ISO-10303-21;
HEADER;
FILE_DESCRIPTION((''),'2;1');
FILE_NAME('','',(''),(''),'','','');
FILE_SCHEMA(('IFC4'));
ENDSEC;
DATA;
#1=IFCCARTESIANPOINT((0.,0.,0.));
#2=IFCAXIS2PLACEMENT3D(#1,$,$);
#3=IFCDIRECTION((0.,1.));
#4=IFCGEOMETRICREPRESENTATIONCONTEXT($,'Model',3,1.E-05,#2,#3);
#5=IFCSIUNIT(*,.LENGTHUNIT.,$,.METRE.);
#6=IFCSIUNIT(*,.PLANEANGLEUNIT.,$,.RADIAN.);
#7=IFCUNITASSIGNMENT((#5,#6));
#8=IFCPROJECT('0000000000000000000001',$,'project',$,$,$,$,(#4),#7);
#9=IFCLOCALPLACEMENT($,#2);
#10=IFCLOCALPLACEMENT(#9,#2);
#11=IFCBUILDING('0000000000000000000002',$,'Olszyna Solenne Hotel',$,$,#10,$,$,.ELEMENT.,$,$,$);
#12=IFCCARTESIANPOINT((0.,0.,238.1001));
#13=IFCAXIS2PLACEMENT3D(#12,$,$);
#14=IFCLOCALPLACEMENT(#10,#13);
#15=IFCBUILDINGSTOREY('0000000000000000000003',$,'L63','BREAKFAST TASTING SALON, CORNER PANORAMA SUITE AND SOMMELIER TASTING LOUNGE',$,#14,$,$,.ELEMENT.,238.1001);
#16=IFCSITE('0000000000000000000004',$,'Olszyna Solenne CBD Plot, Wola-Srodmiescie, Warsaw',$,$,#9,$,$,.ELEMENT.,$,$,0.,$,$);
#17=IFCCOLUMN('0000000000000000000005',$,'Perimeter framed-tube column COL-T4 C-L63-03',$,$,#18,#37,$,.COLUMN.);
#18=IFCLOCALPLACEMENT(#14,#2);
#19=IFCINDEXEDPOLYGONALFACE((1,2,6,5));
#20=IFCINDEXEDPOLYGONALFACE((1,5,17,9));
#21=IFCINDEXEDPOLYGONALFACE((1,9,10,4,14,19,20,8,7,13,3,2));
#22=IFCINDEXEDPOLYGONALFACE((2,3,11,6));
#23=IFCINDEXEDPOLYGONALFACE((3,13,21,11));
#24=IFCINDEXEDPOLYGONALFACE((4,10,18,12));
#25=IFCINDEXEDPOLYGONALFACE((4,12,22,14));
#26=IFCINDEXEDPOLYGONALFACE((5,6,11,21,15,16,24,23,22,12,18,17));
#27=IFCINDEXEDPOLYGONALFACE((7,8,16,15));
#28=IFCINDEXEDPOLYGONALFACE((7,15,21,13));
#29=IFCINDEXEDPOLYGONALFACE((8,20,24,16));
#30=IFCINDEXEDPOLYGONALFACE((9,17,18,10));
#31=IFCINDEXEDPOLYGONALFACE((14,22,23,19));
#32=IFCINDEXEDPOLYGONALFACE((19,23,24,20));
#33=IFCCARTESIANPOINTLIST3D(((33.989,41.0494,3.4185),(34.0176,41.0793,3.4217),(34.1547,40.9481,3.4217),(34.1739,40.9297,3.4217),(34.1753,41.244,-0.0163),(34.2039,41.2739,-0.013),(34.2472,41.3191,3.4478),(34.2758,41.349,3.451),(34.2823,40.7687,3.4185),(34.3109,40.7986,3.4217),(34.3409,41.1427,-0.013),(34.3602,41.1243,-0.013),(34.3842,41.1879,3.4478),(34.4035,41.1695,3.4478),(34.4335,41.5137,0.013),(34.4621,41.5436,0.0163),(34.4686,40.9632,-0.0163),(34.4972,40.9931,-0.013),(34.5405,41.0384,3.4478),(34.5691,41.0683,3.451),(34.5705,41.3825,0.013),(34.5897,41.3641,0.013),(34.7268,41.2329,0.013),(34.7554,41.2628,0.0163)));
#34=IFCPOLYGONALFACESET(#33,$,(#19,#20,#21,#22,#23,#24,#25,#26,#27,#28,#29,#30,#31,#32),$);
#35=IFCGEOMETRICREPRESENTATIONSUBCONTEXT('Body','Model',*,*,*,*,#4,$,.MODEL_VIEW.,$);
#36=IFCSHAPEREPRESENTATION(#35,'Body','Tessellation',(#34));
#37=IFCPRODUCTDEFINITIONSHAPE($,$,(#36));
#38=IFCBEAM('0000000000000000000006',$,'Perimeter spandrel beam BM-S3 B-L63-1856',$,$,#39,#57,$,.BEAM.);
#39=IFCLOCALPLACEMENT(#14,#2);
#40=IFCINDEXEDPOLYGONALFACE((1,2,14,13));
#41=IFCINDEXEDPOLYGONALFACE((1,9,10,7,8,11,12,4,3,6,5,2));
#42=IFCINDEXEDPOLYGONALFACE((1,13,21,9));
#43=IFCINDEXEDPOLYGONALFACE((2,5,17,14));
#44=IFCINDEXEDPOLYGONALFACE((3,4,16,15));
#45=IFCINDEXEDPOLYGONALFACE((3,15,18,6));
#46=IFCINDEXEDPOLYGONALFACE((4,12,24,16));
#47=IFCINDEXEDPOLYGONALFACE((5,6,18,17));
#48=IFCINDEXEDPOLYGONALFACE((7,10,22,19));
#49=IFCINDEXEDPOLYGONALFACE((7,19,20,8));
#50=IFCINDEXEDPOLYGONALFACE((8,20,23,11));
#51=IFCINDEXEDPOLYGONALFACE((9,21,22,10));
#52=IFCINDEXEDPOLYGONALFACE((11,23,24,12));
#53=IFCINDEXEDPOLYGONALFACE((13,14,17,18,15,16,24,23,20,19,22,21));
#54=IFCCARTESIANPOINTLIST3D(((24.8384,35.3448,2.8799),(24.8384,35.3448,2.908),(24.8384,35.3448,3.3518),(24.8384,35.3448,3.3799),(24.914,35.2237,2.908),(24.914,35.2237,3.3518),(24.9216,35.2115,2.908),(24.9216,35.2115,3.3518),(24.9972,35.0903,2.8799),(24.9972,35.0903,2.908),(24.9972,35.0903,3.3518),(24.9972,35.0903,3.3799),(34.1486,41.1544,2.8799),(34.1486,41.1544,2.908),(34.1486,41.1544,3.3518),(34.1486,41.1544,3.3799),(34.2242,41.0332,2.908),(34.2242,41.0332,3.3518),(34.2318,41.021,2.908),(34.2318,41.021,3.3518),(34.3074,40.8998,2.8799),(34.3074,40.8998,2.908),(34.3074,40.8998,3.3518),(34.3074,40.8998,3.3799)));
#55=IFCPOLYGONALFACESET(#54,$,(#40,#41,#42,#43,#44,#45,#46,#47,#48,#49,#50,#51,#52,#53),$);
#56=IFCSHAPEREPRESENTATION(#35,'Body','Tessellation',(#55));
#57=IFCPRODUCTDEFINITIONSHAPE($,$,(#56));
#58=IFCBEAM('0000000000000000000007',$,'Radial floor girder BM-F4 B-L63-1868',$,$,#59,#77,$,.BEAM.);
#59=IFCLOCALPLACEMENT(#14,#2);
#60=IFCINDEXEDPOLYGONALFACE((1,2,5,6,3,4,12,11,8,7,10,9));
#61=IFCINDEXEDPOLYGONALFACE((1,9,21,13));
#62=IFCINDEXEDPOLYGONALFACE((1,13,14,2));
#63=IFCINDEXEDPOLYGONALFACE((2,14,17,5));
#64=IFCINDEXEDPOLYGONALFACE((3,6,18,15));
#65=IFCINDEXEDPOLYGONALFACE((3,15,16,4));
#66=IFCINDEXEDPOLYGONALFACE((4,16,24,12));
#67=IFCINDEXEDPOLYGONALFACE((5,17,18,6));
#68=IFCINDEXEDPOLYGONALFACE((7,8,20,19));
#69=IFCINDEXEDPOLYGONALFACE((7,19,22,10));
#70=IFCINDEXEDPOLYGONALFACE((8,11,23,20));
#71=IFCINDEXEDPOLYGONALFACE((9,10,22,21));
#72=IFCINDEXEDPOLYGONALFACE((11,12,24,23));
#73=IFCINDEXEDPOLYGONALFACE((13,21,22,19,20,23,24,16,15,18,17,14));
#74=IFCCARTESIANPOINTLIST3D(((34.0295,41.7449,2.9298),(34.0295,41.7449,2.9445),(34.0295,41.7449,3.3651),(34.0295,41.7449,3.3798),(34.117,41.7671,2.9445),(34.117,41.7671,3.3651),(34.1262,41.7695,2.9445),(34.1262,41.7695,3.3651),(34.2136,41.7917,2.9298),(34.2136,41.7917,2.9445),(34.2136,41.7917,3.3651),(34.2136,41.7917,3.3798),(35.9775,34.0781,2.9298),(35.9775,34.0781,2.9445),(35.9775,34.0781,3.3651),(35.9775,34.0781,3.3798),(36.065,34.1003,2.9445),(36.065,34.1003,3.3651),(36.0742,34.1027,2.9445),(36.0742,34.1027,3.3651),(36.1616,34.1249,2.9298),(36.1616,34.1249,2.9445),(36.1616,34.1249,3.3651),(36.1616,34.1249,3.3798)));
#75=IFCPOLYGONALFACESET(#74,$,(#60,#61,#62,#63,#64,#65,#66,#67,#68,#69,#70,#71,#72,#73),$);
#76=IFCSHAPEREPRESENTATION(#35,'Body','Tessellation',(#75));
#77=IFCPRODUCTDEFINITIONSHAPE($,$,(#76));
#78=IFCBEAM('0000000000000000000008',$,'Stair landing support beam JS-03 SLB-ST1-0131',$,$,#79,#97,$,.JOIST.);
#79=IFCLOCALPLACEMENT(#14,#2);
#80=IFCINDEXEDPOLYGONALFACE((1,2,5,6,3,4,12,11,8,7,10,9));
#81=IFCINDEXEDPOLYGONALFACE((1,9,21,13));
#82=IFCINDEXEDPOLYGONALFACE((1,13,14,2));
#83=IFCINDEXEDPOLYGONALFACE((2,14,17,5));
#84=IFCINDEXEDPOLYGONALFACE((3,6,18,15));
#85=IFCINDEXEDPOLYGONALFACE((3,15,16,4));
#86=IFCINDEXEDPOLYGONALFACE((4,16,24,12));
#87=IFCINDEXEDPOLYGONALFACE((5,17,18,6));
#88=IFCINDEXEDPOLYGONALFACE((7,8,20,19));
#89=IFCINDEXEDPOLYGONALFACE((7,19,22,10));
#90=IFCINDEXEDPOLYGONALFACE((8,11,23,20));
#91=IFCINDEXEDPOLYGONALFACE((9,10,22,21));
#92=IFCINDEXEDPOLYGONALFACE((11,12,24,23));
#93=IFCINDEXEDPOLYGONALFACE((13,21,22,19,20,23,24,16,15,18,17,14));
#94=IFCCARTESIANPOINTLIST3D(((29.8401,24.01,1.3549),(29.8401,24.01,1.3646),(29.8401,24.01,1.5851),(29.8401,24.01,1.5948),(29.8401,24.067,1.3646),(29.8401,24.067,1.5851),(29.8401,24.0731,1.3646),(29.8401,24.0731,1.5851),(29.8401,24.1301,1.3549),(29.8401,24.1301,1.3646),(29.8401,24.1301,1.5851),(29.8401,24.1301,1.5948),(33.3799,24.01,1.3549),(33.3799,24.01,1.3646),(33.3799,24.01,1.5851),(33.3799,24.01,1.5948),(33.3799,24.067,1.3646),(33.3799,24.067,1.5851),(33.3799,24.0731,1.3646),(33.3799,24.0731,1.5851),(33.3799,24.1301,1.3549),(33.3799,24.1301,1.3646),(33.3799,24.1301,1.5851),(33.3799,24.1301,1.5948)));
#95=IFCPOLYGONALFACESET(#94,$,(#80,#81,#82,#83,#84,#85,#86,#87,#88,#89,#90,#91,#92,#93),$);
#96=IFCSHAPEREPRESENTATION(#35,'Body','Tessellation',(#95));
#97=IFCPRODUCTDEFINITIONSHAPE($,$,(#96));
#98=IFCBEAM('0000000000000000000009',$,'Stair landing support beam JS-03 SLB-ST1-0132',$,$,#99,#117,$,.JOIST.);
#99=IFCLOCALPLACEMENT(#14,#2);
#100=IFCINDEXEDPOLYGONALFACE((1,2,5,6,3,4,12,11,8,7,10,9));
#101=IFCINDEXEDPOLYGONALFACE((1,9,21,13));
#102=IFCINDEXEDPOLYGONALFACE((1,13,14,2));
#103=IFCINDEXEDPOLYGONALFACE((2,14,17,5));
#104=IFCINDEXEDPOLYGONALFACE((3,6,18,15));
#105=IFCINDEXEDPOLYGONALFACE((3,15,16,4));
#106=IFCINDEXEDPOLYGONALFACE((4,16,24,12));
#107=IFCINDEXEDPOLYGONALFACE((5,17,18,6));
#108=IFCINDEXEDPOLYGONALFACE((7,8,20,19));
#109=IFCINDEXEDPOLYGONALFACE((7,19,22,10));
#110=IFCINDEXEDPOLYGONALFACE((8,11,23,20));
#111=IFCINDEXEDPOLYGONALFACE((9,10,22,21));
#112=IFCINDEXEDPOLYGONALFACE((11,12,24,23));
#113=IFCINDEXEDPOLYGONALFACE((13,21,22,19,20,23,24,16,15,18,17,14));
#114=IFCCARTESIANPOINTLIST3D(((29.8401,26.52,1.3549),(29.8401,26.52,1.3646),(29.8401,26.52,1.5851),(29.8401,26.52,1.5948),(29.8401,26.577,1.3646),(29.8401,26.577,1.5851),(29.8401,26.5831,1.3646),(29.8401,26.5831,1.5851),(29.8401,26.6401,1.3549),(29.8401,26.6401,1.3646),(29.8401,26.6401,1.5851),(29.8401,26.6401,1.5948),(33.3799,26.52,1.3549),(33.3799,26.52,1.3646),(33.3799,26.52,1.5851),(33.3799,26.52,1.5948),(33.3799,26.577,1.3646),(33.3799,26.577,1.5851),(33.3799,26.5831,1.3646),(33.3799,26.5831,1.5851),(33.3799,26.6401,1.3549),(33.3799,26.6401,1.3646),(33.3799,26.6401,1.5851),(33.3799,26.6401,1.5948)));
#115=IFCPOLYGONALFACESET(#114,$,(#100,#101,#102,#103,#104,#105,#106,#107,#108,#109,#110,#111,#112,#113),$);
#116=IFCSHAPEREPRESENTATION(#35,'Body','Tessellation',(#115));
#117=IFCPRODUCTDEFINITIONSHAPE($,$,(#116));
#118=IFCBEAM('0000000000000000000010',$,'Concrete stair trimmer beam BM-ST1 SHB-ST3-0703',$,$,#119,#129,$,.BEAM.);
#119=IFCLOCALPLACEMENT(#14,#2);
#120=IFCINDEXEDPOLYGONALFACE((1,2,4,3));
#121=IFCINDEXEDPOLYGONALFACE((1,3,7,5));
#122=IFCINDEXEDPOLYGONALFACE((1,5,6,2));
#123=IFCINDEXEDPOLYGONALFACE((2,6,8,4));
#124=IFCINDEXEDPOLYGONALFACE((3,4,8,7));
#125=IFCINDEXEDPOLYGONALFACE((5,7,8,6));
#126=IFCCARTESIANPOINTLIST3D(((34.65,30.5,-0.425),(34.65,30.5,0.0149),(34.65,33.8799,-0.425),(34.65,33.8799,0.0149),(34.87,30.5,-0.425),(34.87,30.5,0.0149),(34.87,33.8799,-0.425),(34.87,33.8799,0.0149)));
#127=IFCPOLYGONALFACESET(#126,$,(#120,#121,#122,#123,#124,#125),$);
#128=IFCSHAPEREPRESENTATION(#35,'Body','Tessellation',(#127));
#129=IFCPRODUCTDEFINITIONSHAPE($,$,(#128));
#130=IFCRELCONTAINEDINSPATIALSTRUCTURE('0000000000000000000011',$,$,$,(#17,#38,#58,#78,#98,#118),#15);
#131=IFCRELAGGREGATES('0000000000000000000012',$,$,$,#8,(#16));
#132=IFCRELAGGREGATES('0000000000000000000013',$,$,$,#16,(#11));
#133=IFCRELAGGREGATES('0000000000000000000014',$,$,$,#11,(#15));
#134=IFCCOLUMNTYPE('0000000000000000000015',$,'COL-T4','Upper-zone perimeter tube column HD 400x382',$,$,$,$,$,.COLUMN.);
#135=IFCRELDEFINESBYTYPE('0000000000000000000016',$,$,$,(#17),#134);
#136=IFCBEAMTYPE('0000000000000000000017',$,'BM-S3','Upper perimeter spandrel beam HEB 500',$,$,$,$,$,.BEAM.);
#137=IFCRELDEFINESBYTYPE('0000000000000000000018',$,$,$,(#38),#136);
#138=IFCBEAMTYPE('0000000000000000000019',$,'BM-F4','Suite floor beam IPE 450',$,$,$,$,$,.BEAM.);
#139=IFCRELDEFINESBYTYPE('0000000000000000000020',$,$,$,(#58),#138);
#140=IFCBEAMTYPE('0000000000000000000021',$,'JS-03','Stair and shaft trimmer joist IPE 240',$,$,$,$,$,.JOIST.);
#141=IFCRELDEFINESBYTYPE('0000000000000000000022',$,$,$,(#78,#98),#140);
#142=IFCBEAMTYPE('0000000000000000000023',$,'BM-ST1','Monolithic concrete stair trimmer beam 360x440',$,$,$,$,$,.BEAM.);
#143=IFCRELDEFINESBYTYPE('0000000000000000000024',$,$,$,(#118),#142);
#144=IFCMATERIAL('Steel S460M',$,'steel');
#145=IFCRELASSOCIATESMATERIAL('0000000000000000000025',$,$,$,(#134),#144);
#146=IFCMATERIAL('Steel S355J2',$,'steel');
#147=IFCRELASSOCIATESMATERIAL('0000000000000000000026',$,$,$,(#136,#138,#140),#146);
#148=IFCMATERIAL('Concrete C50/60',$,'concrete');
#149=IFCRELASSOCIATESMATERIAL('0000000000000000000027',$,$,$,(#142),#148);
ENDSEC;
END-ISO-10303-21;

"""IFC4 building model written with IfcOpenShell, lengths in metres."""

from ifc_helpers import new_model, si_unit, direction, frame, origin, origin_2d, place, context, subcontext, project, spatial, rectangle, i_section, extrude, source, transform, mapped, material, material_profile, profile_set, type_object, element, save


model = new_model("IFC4")

# Units and contexts
model_context = context("Model", 3, precision=1e-05, world=origin(), true_north=direction((0.0, 1.0)))
body_context = subcontext(model_context, "Body", "Model", "MODEL_VIEW")
ifc_project = project(units=[si_unit("LENGTHUNIT", "METRE"), si_unit("PLANEANGLEUNIT", "RADIAN")], contexts=[model_context])

# Site, building, storey
site_placement = place(None, origin())
site = spatial("IfcSite", under=ifc_project, at=site_placement, Name="Olszyna Solenne CBD Plot, Wola-Srodmiescie, Warsaw", CompositionType="ELEMENT", RefElevation=0.0)
building_placement = place(site_placement, origin())
building = spatial("IfcBuilding", under=site, at=building_placement, Name="Olszyna Solenne Hotel", CompositionType="ELEMENT")
storey_placement = place(building_placement, frame((0.0, 0.0, 238.1001)))
storey = spatial("IfcBuildingStorey", under=building, at=storey_placement, Name="L63", Description="BREAKFAST TASTING SALON, CORNER PANORAMA SUITE AND SOMMELIER TASTING LOUNGE", CompositionType="ELEMENT", Elevation=238.1001)

# Column
ifc_material_1 = material(Name="Steel S460M", Category="steel")
ifc_material_profile_1 = material_profile(ifc_material_1, i_section(OverallWidth=0.406, OverallDepth=0.416, WebThickness=0.0266, FlangeThickness=0.0415, at=origin_2d()), Name="HD 400x382", Category="load-bearing")
ifc_profile_set_1 = profile_set([ifc_material_profile_1], Name="Steel S460M")
column_type = type_object("IfcColumnType", Name="COL-T4", Description="Upper-zone perimeter tube column HD 400x382", PredefinedType="COLUMN", material=ifc_profile_set_1)
shared_shape_1 = source(origin(), body_context, "Body", "SweptSolid", [
    extrude(i_section(OverallWidth=0.406, OverallDepth=0.416, WebThickness=0.0266, FlangeThickness=0.0415, at=origin_2d()), origin(), (0.0, 0.0, 1.0), 3.4453),
])
column_placement = place(storey_placement, frame((34.4653, 41.2534, 0.0), z_axis=(-0.054067, -0.056476, 0.996939), x_axis=(0.722347, -0.691531, 0.0)))
element("IfcColumn", 1, at=column_placement, inside=storey, type_object=column_type, Name="Perimeter framed-tube column COL-T4 C-L63-03", PredefinedType="COLUMN", context=body_context, shape_type="MappedRepresentation", body=[
    mapped(shared_shape_1, transform((0.0, 0.0, 0.0), x_axis=(1.0, 0.0, 0.0), y_axis=(0.0, 1.0, 0.0), z_axis=(0.0, 0.0, 1.0), scale=1.0)),
])

# Beams
ifc_material_2 = material(Name="Steel S355J2", Category="steel")
ifc_material_profile_2 = material_profile(ifc_material_2, i_section(OverallWidth=0.3, OverallDepth=0.5, WebThickness=0.0144, FlangeThickness=0.0281, at=origin_2d()), Name="HEB 500", Category="load-bearing")
ifc_profile_set_2 = profile_set([ifc_material_profile_2], Name="Steel S355J2")
beam_type_1 = type_object("IfcBeamType", Name="BM-S3", Description="Upper perimeter spandrel beam HEB 500", PredefinedType="BEAM", material=ifc_profile_set_2)
shared_shape_2 = source(origin(), body_context, "Body", "SweptSolid", [
    extrude(i_section(OverallWidth=0.3, OverallDepth=0.5, WebThickness=0.0144, FlangeThickness=0.0281, at=origin_2d()), origin(), (0.0, 0.0, 1.0), 10.9741),
])
beam_1_placement = place(storey_placement, frame((34.228, 41.0271, 3.1299), z_axis=(-0.848382, -0.529385, 0.0), x_axis=(0.529385, -0.848382, 0.0)))
element("IfcBeam", 2, at=beam_1_placement, inside=storey, type_object=beam_type_1, Name="Perimeter spandrel beam BM-S3 B-L63-1856", PredefinedType="BEAM", context=body_context, shape_type="MappedRepresentation", body=[
    mapped(shared_shape_2, transform((0.0, 0.0, 0.0), x_axis=(1.0, 0.0, 0.0), y_axis=(0.0, 1.0, 0.0), z_axis=(0.0, 0.0, 1.0), scale=1.0)),
])
ifc_material_profile_3 = material_profile(ifc_material_2, i_section(OverallWidth=0.1899, OverallDepth=0.45, WebThickness=0.0095, FlangeThickness=0.0146, at=origin_2d()), Name="IPE 450", Category="load-bearing")
ifc_profile_set_3 = profile_set([ifc_material_profile_3], Name="Steel S355J2")
beam_type_2 = type_object("IfcBeamType", Name="BM-F4", Description="Suite floor beam IPE 450", PredefinedType="BEAM", material=ifc_profile_set_3)
shared_shape_3 = source(origin(), body_context, "Body", "SweptSolid", [
    extrude(i_section(OverallWidth=0.1899, OverallDepth=0.45, WebThickness=0.0095, FlangeThickness=0.0146, at=origin_2d()), origin(), (0.0, 0.0, 1.0), 7.9104),
])
beam_2_placement = place(storey_placement, frame((34.1216, 41.7683, 3.1548), z_axis=(0.246259, -0.969204, 0.0), x_axis=(0.969204, 0.246259, 0.0)))
element("IfcBeam", 3, at=beam_2_placement, inside=storey, type_object=beam_type_2, Name="Radial floor girder BM-F4 B-L63-1868", PredefinedType="BEAM", context=body_context, shape_type="MappedRepresentation", body=[
    mapped(shared_shape_3, transform((0.0, 0.0, 0.0), x_axis=(1.0, 0.0, 0.0), y_axis=(0.0, 1.0, 0.0), z_axis=(0.0, 0.0, 1.0), scale=1.0)),
])
ifc_material_profile_4 = material_profile(ifc_material_2, i_section(OverallWidth=0.1201, OverallDepth=0.24, WebThickness=0.0061, FlangeThickness=0.0098, at=origin_2d()), Name="IPE 240", Category="load-bearing")
ifc_profile_set_4 = profile_set([ifc_material_profile_4], Name="Steel S355J2")
beam_type_3 = type_object("IfcBeamType", Name="JS-03", Description="Stair and shaft trimmer joist IPE 240", PredefinedType="JOIST", material=ifc_profile_set_4)
shared_shape_4 = source(origin(), body_context, "Body", "SweptSolid", [
    extrude(i_section(OverallWidth=0.1201, OverallDepth=0.24, WebThickness=0.0061, FlangeThickness=0.0098, at=origin_2d()), origin(), (0.0, 0.0, 1.0), 3.5398),
])
for number, where, z_axis, x_axis, name in (
    (4, (33.3799, 24.0701, 1.4749), (-1.0, 0.0, 0.0), (0.0, -1.0, 0.0), "Stair landing support beam JS-03 SLB-ST1-0131"),
    (5, (33.3799, 26.5801, 1.4749), (-1.0, 0.0, 0.0), (0.0, -1.0, 0.0), "Stair landing support beam JS-03 SLB-ST1-0132"),
):
    element("IfcBeam", number, at=place(storey_placement, frame(where, z_axis=z_axis, x_axis=x_axis)), inside=storey, type_object=beam_type_3, Name=name, PredefinedType="JOIST", context=body_context, shape_type="MappedRepresentation", body=[
        mapped(shared_shape_4, transform((0.0, 0.0, 0.0), x_axis=(1.0, 0.0, 0.0), y_axis=(0.0, 1.0, 0.0), z_axis=(0.0, 0.0, 1.0), scale=1.0)),
    ])
ifc_material_3 = material(Name="Concrete C50/60", Category="concrete")
ifc_material_profile_5 = material_profile(ifc_material_3, rectangle(XDim=0.22, YDim=0.4399, at=origin_2d()), Name="RC 220x440", Category="load-bearing")
ifc_profile_set_5 = profile_set([ifc_material_profile_5], Name="Concrete C50/60")
beam_type_4 = type_object("IfcBeamType", Name="BM-ST1", Description="Monolithic concrete stair trimmer beam 360x440", PredefinedType="BEAM", material=ifc_profile_set_5)
shared_shape_5 = source(origin(), body_context, "Body", "SweptSolid", [
    extrude(rectangle(XDim=0.22, YDim=0.4399, at=origin_2d()), origin(), (0.0, 0.0, 1.0), 3.3799),
])
beam_3_placement = place(storey_placement, frame((34.76, 30.5, -0.2051), z_axis=(0.0, 1.0, 0.0), x_axis=(-1.0, 0.0, 0.0)))
element("IfcBeam", 6, at=beam_3_placement, inside=storey, type_object=beam_type_4, Name="Concrete stair trimmer beam BM-ST1 SHB-ST3-0703", PredefinedType="BEAM", context=body_context, shape_type="MappedRepresentation", body=[
    mapped(shared_shape_5, transform((0.0, 0.0, 0.0), x_axis=(1.0, 0.0, 0.0), y_axis=(0.0, 1.0, 0.0), z_axis=(0.0, 0.0, 1.0), scale=1.0)),
])

save(model, "model.ifc")
